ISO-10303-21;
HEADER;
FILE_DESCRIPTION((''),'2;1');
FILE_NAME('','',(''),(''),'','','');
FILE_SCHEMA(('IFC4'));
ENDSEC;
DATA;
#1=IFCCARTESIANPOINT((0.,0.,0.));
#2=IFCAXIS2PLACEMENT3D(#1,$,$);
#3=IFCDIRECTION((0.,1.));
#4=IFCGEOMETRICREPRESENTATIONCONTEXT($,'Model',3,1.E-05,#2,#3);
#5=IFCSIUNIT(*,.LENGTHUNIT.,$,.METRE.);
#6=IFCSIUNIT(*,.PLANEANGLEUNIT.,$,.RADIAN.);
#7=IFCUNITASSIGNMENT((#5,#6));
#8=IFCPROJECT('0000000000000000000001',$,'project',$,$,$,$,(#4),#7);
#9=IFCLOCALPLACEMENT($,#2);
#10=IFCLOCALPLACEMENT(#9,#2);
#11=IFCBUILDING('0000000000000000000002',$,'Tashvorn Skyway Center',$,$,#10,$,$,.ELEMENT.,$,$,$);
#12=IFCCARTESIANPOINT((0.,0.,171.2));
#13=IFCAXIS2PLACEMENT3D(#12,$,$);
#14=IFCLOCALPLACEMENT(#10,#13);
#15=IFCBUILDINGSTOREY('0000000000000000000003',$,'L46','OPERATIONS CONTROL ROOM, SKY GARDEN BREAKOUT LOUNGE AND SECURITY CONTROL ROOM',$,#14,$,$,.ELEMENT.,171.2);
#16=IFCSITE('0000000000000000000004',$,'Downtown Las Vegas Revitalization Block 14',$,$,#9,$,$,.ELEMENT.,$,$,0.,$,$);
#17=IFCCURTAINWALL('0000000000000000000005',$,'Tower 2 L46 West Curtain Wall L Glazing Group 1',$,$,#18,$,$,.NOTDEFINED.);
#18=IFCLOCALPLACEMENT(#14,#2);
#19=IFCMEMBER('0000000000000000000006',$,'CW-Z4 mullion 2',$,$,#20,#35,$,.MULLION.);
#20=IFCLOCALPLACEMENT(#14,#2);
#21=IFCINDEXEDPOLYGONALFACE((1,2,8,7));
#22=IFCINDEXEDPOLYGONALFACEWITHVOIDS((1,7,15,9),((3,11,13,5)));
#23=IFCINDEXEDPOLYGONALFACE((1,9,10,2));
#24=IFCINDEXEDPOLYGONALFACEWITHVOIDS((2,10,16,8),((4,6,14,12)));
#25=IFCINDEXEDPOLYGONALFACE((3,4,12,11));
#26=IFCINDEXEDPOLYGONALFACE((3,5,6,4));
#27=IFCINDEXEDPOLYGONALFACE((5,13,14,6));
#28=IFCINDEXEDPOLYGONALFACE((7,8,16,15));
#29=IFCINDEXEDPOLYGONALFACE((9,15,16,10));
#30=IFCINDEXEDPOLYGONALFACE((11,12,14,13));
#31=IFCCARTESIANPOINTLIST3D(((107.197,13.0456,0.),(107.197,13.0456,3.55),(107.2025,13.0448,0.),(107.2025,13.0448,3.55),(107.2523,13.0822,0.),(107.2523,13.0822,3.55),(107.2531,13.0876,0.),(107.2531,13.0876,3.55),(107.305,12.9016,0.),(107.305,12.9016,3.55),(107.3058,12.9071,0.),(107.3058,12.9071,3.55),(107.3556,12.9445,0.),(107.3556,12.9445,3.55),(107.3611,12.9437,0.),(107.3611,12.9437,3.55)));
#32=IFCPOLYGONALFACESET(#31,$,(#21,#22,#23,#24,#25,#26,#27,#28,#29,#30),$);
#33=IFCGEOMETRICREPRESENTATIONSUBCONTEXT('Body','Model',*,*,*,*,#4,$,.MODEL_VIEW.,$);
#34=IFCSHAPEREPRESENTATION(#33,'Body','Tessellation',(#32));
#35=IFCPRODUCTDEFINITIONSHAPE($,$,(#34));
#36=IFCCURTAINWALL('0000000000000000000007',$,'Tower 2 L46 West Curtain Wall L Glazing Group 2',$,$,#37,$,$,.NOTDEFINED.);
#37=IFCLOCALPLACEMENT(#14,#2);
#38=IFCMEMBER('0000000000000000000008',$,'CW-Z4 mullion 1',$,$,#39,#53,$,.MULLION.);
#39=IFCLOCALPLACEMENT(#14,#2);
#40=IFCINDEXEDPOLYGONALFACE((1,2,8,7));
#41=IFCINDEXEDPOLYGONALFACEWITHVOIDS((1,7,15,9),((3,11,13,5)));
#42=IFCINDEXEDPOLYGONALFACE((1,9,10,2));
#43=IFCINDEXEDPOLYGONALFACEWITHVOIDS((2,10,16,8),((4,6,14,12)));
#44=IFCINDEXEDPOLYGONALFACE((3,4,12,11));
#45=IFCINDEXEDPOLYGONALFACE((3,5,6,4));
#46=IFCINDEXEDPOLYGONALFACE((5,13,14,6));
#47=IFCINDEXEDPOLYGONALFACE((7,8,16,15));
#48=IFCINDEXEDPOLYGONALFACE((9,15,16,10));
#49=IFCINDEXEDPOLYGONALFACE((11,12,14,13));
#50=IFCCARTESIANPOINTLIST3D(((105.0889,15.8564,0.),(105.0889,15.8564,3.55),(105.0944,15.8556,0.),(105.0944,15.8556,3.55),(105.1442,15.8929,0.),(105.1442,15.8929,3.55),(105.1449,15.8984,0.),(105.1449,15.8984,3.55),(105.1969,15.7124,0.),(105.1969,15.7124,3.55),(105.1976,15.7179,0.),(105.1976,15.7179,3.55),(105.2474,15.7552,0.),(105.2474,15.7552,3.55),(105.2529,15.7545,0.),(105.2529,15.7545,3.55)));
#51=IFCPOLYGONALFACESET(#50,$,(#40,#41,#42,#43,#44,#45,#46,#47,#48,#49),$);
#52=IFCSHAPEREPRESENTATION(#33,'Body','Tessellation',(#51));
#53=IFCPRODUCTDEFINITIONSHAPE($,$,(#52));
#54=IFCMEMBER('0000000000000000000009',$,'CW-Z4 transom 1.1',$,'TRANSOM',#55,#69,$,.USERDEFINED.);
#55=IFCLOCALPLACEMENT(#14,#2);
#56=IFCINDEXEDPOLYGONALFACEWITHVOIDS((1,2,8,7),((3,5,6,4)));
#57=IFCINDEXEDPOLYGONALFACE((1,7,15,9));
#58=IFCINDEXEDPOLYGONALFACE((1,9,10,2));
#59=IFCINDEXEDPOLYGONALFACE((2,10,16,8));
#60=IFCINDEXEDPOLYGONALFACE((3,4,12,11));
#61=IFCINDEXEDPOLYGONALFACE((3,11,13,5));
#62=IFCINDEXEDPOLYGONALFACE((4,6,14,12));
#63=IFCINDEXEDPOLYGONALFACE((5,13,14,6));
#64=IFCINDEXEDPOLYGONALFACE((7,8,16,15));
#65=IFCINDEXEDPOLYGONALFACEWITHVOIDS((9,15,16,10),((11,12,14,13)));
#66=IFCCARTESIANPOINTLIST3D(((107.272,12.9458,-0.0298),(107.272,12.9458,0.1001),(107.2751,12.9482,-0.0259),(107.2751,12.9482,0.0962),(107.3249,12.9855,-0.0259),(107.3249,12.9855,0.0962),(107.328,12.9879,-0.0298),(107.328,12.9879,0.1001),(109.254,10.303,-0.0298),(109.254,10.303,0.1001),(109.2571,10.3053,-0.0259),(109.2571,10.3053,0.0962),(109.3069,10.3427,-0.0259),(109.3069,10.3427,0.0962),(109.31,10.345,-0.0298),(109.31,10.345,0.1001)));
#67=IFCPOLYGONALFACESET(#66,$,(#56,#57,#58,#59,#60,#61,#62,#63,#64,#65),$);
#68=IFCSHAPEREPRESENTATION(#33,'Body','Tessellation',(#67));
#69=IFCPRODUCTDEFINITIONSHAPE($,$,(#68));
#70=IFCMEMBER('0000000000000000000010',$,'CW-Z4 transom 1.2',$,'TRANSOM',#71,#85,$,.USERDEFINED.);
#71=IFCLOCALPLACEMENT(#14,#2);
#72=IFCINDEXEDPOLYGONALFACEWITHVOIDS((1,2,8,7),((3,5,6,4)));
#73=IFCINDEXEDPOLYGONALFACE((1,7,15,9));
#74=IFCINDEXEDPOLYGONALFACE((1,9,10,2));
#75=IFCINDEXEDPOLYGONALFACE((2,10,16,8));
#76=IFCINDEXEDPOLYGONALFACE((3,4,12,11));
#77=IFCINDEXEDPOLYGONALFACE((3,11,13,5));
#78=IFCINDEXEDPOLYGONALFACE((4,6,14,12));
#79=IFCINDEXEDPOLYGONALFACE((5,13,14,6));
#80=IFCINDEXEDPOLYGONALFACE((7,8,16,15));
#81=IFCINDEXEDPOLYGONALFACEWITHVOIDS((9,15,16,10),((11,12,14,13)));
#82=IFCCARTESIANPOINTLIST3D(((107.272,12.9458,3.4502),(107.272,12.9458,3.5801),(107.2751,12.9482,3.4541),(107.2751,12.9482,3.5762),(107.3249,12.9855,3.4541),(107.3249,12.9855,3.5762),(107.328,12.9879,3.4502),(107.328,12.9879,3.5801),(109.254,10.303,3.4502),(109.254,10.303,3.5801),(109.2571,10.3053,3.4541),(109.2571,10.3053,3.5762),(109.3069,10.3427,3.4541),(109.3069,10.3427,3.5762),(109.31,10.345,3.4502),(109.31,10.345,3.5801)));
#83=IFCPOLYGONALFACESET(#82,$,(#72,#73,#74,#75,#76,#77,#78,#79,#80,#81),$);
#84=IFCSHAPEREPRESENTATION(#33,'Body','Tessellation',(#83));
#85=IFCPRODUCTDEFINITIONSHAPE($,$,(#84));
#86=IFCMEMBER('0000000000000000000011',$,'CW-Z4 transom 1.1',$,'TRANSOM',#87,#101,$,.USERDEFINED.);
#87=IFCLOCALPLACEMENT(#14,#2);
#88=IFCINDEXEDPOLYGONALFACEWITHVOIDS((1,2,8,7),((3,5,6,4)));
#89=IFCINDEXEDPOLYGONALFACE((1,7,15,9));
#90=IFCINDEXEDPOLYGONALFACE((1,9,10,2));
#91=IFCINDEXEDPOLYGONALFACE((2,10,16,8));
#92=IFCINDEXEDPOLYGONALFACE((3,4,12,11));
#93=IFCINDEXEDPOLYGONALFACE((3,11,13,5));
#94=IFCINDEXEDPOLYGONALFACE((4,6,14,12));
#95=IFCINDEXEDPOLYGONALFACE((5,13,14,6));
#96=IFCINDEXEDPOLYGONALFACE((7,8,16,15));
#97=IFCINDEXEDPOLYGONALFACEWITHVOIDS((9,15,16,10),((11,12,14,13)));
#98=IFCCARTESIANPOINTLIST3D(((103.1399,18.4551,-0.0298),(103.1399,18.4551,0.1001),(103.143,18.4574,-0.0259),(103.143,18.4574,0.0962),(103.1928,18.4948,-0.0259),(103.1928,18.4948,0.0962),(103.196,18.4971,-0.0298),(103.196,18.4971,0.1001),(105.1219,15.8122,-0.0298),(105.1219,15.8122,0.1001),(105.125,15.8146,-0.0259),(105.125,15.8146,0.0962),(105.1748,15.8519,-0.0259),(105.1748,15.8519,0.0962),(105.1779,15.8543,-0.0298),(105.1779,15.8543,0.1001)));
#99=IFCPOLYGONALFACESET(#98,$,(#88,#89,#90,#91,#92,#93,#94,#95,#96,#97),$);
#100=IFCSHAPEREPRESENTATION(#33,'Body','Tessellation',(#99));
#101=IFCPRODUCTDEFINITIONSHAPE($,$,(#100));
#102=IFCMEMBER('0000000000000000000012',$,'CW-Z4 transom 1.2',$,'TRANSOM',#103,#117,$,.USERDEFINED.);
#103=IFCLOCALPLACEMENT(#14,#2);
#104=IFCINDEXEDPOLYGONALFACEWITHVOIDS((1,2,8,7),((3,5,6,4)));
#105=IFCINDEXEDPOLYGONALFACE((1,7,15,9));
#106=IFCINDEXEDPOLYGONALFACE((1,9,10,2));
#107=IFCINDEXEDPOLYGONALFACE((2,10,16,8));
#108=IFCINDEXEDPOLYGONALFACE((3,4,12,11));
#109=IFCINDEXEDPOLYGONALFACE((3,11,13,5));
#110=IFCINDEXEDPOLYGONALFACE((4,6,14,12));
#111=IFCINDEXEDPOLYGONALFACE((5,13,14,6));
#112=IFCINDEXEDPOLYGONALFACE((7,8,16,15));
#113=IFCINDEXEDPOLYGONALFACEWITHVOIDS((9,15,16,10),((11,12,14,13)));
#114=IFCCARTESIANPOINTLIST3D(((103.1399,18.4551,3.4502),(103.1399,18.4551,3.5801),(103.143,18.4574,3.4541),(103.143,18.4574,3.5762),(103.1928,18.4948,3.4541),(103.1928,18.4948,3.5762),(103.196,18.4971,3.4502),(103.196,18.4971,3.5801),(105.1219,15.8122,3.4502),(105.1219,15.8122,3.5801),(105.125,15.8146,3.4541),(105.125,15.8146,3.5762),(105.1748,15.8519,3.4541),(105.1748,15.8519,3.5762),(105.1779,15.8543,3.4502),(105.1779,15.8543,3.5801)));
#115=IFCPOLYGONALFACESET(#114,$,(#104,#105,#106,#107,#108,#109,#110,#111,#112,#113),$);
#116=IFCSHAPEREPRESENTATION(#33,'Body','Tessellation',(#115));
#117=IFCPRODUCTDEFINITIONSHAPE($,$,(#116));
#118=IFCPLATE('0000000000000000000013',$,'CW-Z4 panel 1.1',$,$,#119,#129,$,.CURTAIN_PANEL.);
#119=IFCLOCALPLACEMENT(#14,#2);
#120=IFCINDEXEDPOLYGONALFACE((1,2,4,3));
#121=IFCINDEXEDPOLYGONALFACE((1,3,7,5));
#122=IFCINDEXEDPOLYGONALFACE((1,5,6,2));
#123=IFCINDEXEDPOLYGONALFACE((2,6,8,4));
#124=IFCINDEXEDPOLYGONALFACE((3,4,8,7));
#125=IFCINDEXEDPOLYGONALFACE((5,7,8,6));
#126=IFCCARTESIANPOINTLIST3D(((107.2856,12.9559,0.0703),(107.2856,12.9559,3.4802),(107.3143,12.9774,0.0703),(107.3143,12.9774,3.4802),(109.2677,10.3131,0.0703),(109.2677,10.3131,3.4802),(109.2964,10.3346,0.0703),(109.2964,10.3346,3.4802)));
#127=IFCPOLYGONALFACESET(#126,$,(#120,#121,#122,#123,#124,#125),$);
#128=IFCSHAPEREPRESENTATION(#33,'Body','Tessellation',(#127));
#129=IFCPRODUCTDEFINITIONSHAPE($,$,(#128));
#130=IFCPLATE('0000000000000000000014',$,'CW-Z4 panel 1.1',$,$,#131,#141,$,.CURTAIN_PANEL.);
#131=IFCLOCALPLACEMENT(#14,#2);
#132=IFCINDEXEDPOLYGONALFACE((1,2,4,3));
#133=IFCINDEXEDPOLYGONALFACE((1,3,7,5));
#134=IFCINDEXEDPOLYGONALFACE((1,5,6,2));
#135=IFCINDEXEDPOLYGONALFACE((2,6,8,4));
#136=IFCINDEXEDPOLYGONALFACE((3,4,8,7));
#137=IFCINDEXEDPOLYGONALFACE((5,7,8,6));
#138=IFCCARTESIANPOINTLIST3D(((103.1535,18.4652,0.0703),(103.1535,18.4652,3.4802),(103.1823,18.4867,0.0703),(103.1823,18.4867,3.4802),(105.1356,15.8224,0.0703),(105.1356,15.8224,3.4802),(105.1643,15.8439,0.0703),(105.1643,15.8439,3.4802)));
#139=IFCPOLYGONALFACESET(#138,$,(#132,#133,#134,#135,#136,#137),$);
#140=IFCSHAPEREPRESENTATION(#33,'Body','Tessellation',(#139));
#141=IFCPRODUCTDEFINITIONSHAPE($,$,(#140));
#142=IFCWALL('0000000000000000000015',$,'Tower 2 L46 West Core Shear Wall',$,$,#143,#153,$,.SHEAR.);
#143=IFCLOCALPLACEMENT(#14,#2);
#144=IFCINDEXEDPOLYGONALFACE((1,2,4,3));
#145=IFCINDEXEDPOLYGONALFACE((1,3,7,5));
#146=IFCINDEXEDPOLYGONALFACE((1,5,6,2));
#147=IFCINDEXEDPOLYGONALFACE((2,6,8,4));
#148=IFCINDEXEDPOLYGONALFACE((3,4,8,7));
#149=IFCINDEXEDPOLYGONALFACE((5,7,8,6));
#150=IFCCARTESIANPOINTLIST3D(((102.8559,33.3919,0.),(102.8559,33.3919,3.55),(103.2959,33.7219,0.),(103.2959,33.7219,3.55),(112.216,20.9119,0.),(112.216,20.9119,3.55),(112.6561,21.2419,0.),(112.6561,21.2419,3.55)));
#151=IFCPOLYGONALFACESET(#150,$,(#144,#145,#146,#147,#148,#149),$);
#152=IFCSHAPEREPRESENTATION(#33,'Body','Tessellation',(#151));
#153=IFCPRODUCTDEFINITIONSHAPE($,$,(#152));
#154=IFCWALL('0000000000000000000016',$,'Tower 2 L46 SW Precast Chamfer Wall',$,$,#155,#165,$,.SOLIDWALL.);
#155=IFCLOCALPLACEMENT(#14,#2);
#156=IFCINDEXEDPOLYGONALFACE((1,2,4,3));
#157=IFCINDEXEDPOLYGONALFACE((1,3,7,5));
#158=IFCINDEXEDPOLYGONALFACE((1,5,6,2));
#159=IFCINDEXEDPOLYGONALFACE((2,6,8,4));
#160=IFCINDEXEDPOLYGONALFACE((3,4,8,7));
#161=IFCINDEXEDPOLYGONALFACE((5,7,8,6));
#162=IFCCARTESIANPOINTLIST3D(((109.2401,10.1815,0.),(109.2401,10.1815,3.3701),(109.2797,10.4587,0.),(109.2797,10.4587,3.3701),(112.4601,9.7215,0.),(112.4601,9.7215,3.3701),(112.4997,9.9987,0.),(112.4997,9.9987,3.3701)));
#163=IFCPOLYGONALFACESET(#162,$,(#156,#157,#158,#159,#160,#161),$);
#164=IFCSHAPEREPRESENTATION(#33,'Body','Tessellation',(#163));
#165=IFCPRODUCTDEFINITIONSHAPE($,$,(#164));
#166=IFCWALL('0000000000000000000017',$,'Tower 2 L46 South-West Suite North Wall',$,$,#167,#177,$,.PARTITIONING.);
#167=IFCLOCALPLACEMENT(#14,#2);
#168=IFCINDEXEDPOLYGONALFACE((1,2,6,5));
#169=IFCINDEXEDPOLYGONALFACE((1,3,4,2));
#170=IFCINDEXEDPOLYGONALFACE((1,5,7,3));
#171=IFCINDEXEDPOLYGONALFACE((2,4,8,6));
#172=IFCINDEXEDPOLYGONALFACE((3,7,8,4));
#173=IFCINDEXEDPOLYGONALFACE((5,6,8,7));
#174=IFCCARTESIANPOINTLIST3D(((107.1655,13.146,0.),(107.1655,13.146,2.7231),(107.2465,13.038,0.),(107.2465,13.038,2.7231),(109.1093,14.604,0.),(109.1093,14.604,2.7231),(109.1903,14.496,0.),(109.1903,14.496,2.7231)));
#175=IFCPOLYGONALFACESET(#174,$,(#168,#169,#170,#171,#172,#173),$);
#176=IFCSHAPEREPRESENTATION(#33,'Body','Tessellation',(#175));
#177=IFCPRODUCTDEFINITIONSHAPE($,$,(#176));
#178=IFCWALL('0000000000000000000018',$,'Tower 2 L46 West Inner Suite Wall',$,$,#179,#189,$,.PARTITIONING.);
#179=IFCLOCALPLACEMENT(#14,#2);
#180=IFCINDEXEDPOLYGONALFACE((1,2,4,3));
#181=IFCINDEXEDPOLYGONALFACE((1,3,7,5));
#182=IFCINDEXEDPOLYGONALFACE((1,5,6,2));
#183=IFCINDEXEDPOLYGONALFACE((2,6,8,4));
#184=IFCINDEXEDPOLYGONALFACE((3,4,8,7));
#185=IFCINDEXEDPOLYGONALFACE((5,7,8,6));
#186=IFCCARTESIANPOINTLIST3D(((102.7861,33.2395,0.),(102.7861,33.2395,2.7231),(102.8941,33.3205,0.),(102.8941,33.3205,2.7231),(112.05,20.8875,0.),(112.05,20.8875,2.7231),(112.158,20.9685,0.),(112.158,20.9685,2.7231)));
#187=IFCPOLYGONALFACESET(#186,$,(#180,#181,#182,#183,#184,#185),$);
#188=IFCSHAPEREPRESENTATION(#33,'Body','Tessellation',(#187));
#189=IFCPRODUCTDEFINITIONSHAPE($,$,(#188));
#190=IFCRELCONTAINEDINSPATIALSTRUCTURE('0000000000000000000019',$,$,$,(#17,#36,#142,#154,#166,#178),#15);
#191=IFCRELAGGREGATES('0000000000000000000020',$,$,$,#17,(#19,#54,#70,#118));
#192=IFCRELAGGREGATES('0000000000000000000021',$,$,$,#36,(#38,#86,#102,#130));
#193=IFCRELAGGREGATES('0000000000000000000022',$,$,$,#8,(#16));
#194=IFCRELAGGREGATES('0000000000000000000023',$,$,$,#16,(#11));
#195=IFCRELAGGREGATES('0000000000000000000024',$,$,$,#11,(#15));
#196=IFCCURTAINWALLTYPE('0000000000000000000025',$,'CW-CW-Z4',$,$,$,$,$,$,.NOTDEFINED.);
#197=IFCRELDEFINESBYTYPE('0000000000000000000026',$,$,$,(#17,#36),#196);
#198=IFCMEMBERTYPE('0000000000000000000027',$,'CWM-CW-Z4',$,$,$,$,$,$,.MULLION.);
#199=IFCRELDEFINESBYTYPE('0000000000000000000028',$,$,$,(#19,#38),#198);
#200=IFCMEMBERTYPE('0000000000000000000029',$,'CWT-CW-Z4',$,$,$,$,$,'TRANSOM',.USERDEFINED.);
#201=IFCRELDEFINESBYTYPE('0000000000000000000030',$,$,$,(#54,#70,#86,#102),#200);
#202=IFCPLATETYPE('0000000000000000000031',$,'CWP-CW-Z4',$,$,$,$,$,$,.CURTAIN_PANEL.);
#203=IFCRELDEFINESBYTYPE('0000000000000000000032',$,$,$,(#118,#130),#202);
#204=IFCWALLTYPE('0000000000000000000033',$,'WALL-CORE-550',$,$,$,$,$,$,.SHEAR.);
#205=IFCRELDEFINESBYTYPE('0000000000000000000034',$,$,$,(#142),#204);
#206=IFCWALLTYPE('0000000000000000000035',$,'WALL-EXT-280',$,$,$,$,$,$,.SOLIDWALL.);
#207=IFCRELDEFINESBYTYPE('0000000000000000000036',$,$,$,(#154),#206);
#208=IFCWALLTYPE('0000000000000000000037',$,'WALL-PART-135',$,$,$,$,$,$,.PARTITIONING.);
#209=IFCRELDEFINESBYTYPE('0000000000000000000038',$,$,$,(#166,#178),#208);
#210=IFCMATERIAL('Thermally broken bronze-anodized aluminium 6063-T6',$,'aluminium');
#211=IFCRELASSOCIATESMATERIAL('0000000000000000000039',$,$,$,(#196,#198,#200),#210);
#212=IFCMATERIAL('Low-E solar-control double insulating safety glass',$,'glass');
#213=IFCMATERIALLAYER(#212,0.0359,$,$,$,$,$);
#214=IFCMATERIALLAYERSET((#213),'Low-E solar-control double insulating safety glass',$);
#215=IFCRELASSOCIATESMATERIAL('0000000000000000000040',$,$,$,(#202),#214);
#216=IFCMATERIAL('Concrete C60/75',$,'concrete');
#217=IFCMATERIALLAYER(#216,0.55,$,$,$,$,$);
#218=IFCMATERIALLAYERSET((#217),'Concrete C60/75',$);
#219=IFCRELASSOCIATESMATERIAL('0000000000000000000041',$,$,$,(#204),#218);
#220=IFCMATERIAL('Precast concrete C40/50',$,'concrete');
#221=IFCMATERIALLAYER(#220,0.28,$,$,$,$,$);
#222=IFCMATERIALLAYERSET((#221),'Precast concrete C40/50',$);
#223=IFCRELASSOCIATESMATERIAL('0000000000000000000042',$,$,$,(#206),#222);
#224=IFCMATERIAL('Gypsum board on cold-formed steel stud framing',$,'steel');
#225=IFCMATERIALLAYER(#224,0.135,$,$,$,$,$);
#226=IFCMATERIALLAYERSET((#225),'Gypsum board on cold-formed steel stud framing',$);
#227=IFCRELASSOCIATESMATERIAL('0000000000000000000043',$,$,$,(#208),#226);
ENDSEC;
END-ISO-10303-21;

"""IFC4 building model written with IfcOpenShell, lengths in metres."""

from ifc_helpers import new_model, si_unit, direction, frame, frame_2d, origin, origin_2d, place, context, subcontext, project, spatial, rectangle, hollow_rectangle, extrude, material, layer, layer_set, material_profile, profile_set, type_object, element, aggregate, save


model = new_model("IFC4")

# Units and contexts
model_context = context("Model", 3, precision=1e-05, world=origin(), true_north=direction((0.0, 1.0)))
body_context = subcontext(model_context, "Body", "Model", "MODEL_VIEW")
ifc_project = project(units=[si_unit("LENGTHUNIT", "METRE"), si_unit("PLANEANGLEUNIT", "RADIAN")], contexts=[model_context])

# Site, building, storey
site_placement = place(None, origin())
site = spatial("IfcSite", under=ifc_project, at=site_placement, Name="Downtown Las Vegas Revitalization Block 14", CompositionType="ELEMENT", RefElevation=0.0)
building_placement = place(site_placement, origin())
building = spatial("IfcBuilding", under=site, at=building_placement, Name="Tashvorn Skyway Center", CompositionType="ELEMENT")
storey_placement = place(building_placement, frame((0.0, 0.0, 171.2)))
storey = spatial("IfcBuildingStorey", under=building, at=storey_placement, Name="L46", Description="OPERATIONS CONTROL ROOM, SKY GARDEN BREAKOUT LOUNGE AND SECURITY CONTROL ROOM", CompositionType="ELEMENT", Elevation=171.2)

# Shared definitions
ifc_material_1 = material(Name="Thermally broken bronze-anodized aluminium 6063-T6", Category="aluminium")
curtain_wall_type = type_object("IfcCurtainWallType", Name="CW-CW-Z4", PredefinedType="NOTDEFINED", material=ifc_material_1)
ifc_material_profile_1 = material_profile(ifc_material_1, hollow_rectangle(XDim=0.0701, YDim=0.1799, WallThickness=0.0039, at=origin_2d()), Name="ALU-MULL-70x180")
ifc_profile_set_1 = profile_set([ifc_material_profile_1], Name="Thermally broken bronze-anodized aluminium 6063-T6")
member_type_1 = type_object("IfcMemberType", Name="CWM-CW-Z4", PredefinedType="MULLION", material=ifc_profile_set_1)

# Curtain wall, member
curtain_wall_1_placement = place(storey_placement, origin())
curtain_wall_1 = element("IfcCurtainWall", 1, at=curtain_wall_1_placement, inside=storey, type_object=curtain_wall_type, Name="Tower 2 L46 West Curtain Wall L Glazing Group 1", PredefinedType="NOTDEFINED")
member_1_placement = place(storey_placement, frame((107.2791, 12.9946, 0.0), z_axis=(0.0, 0.0, 1.0), x_axis=(-0.800003, -0.599995, 0.0)))
member_1 = element("IfcMember", 2, at=member_1_placement, type_object=member_type_1, Name="CW-Z4 mullion 2", PredefinedType="MULLION", context=body_context, shape_type="SweptSolid", body=[
    extrude(hollow_rectangle(XDim=0.0701, YDim=0.1799, WallThickness=0.0039, at=origin_2d()), origin(), (0.0, 0.0, 1.0), 3.55),
])

# Curtain wall, member
curtain_wall_2_placement = place(storey_placement, origin())
curtain_wall_2 = element("IfcCurtainWall", 3, at=curtain_wall_2_placement, inside=storey, type_object=curtain_wall_type, Name="Tower 2 L46 West Curtain Wall L Glazing Group 2", PredefinedType="NOTDEFINED")
member_2_placement = place(storey_placement, frame((105.1709, 15.8054, 0.0), z_axis=(0.0, 0.0, 1.0), x_axis=(-0.800003, -0.599995, 0.0)))
member_2 = element("IfcMember", 4, at=member_2_placement, type_object=member_type_1, Name="CW-Z4 mullion 1", PredefinedType="MULLION", context=body_context, shape_type="SweptSolid", body=[
    extrude(hollow_rectangle(XDim=0.0701, YDim=0.1799, WallThickness=0.0039, at=origin_2d()), origin(), (0.0, 0.0, 1.0), 3.55),
])

# Members
ifc_material_profile_2 = material_profile(ifc_material_1, hollow_rectangle(XDim=0.0701, YDim=0.1299, WallThickness=0.0039, at=origin_2d()), Name="ALU-TRAN-70x130")
ifc_profile_set_2 = profile_set([ifc_material_profile_2], Name="Thermally broken bronze-anodized aluminium 6063-T6")
member_type_2 = type_object("IfcMemberType", Name="CWT-CW-Z4", ElementType="TRANSOM", PredefinedType="USERDEFINED", material=ifc_profile_set_2)
member_3_placement = place(storey_placement, frame((109.282, 10.324, 0.0352), z_axis=(-0.599965, 0.800027, 0.0), x_axis=(-0.800027, -0.599965, 0.0)))
member_3 = element("IfcMember", 5, at=member_3_placement, type_object=member_type_2, Name="CW-Z4 transom 1.1", ObjectType="TRANSOM", PredefinedType="USERDEFINED", context=body_context, shape_type="SweptSolid", body=[
    extrude(hollow_rectangle(XDim=0.0701, YDim=0.1299, WallThickness=0.0039, at=origin_2d()), origin(), (0.0, 0.0, 1.0), 3.3035),
])
member_4_placement = place(storey_placement, frame((109.282, 10.324, 3.5151), z_axis=(-0.599965, 0.800027, 0.0), x_axis=(-0.800027, -0.599965, 0.0)))
member_4 = element("IfcMember", 6, at=member_4_placement, type_object=member_type_2, Name="CW-Z4 transom 1.2", ObjectType="TRANSOM", PredefinedType="USERDEFINED", context=body_context, shape_type="SweptSolid", body=[
    extrude(hollow_rectangle(XDim=0.0701, YDim=0.1299, WallThickness=0.0039, at=origin_2d()), origin(), (0.0, 0.0, 1.0), 3.3035),
])
member_5_placement = place(storey_placement, frame((105.1499, 15.8333, 0.0352), z_axis=(-0.599965, 0.800027, 0.0), x_axis=(-0.800027, -0.599965, 0.0)))
member_5 = element("IfcMember", 7, at=member_5_placement, type_object=member_type_2, Name="CW-Z4 transom 1.1", ObjectType="TRANSOM", PredefinedType="USERDEFINED", context=body_context, shape_type="SweptSolid", body=[
    extrude(hollow_rectangle(XDim=0.0701, YDim=0.1299, WallThickness=0.0039, at=origin_2d()), origin(), (0.0, 0.0, 1.0), 3.3035),
])
member_6_placement = place(storey_placement, frame((105.1499, 15.8333, 3.5151), z_axis=(-0.599965, 0.800027, 0.0), x_axis=(-0.800027, -0.599965, 0.0)))
member_6 = element("IfcMember", 8, at=member_6_placement, type_object=member_type_2, Name="CW-Z4 transom 1.2", ObjectType="TRANSOM", PredefinedType="USERDEFINED", context=body_context, shape_type="SweptSolid", body=[
    extrude(hollow_rectangle(XDim=0.0701, YDim=0.1299, WallThickness=0.0039, at=origin_2d()), origin(), (0.0, 0.0, 1.0), 3.3035),
])

# Plates
ifc_material_2 = material(Name="Low-E solar-control double insulating safety glass", Category="glass")
ifc_layer_1 = layer(ifc_material_2, 0.0359)
ifc_layer_set_1 = layer_set([ifc_layer_1], Name="Low-E solar-control double insulating safety glass")
plate_type = type_object("IfcPlateType", Name="CWP-CW-Z4", PredefinedType="CURTAIN_PANEL", material=ifc_layer_set_1)
plate_1_placement = place(storey_placement, frame((108.291, 11.6453, 0.0703), z_axis=(0.0, 0.0, 1.0), x_axis=(-0.599995, 0.800003, 0.0)))
plate_1 = element("IfcPlate", 9, at=plate_1_placement, type_object=plate_type, Name="CW-Z4 panel 1.1", PredefinedType="CURTAIN_PANEL", context=body_context, shape_type="SweptSolid", body=[
    extrude(rectangle(XDim=3.3035, YDim=0.0359, at=origin_2d()), origin(), (0.0, 0.0, 1.0), 3.4099),
])
aggregate(curtain_wall_1, [member_1, member_3, member_4, plate_1])
plate_2_placement = place(storey_placement, frame((104.1589, 17.1545, 0.0703), z_axis=(0.0, 0.0, 1.0), x_axis=(-0.599995, 0.800003, 0.0)))
plate_2 = element("IfcPlate", 10, at=plate_2_placement, type_object=plate_type, Name="CW-Z4 panel 1.1", PredefinedType="CURTAIN_PANEL", context=body_context, shape_type="SweptSolid", body=[
    extrude(rectangle(XDim=3.3035, YDim=0.0359, at=origin_2d()), origin(), (0.0, 0.0, 1.0), 3.4099),
])
aggregate(curtain_wall_2, [member_2, member_5, member_6, plate_2])

# Walls
ifc_material_3 = material(Name="Concrete C60/75", Category="concrete")
ifc_layer_2 = layer(ifc_material_3, 0.55)
ifc_layer_set_2 = layer_set([ifc_layer_2], Name="Concrete C60/75")
wall_type_1 = type_object("IfcWallType", Name="WALL-CORE-550", PredefinedType="SHEAR", material=ifc_layer_set_2)
wall_1_placement = place(storey_placement, frame((112.436, 21.0769, 0.0), z_axis=(0.0, 0.0, 1.0), x_axis=(-0.600005, 0.799996, 0.0)))
element("IfcWall", 11, at=wall_1_placement, inside=storey, type_object=wall_type_1, Name="Tower 2 L46 West Core Shear Wall", PredefinedType="SHEAR", context=body_context, shape_type="SweptSolid", body=[
    extrude(rectangle(XDim=15.6001, YDim=0.55, at=frame_2d((7.8, 0.0))), origin(), (0.0, 0.0, 1.0), 3.55),
])
ifc_material_4 = material(Name="Precast concrete C40/50", Category="concrete")
ifc_layer_3 = layer(ifc_material_4, 0.28)
ifc_layer_set_3 = layer_set([ifc_layer_3], Name="Precast concrete C40/50")
wall_type_2 = type_object("IfcWallType", Name="WALL-EXT-280", PredefinedType="SOLIDWALL", material=ifc_layer_set_3)
wall_2_placement = place(storey_placement, frame((112.48, 9.8601, 0.0), z_axis=(0.0, 0.0, 1.0), x_axis=(-0.989951, 0.141411, 0.0)))
element("IfcWall", 12, at=wall_2_placement, inside=storey, type_object=wall_type_2, Name="Tower 2 L46 SW Precast Chamfer Wall", PredefinedType="SOLIDWALL", context=body_context, shape_type="SweptSolid", body=[
    extrude(rectangle(XDim=3.2527, YDim=0.28, at=frame_2d((1.6265, 0.0))), origin(), (0.0, 0.0, 1.0), 3.3701),
])
ifc_material_5 = material(Name="Gypsum board on cold-formed steel stud framing", Category="steel")
ifc_layer_4 = layer(ifc_material_5, 0.135)
ifc_layer_set_4 = layer_set([ifc_layer_4], Name="Gypsum board on cold-formed steel stud framing")
wall_type_3 = type_object("IfcWallType", Name="WALL-PART-135", PredefinedType="PARTITIONING", material=ifc_layer_set_4)
wall_3_placement = place(storey_placement, frame((107.2061, 13.092, 0.0), z_axis=(0.0, 0.0, 1.0), x_axis=(0.799976, 0.600032, 0.0)))
element("IfcWall", 13, at=wall_3_placement, inside=storey, type_object=wall_type_3, Name="Tower 2 L46 South-West Suite North Wall", PredefinedType="PARTITIONING", context=body_context, shape_type="SweptSolid", body=[
    extrude(rectangle(XDim=2.4299, YDim=0.135, at=frame_2d((1.2148, 0.0))), origin(), (0.0, 0.0, 1.0), 2.7231),
])
wall_4_placement = place(storey_placement, frame((112.104, 20.928, 0.0), z_axis=(0.0, 0.0, 1.0), x_axis=(-0.599995, 0.800004, 0.0)))
element("IfcWall", 14, at=wall_4_placement, inside=storey, type_object=wall_type_3, Name="Tower 2 L46 West Inner Suite Wall", PredefinedType="PARTITIONING", context=body_context, shape_type="SweptSolid", body=[
    extrude(rectangle(XDim=15.4399, YDim=0.135, at=frame_2d((7.72, 0.0))), origin(), (0.0, 0.0, 1.0), 2.7231),
])

save(model, "model.ifc")
